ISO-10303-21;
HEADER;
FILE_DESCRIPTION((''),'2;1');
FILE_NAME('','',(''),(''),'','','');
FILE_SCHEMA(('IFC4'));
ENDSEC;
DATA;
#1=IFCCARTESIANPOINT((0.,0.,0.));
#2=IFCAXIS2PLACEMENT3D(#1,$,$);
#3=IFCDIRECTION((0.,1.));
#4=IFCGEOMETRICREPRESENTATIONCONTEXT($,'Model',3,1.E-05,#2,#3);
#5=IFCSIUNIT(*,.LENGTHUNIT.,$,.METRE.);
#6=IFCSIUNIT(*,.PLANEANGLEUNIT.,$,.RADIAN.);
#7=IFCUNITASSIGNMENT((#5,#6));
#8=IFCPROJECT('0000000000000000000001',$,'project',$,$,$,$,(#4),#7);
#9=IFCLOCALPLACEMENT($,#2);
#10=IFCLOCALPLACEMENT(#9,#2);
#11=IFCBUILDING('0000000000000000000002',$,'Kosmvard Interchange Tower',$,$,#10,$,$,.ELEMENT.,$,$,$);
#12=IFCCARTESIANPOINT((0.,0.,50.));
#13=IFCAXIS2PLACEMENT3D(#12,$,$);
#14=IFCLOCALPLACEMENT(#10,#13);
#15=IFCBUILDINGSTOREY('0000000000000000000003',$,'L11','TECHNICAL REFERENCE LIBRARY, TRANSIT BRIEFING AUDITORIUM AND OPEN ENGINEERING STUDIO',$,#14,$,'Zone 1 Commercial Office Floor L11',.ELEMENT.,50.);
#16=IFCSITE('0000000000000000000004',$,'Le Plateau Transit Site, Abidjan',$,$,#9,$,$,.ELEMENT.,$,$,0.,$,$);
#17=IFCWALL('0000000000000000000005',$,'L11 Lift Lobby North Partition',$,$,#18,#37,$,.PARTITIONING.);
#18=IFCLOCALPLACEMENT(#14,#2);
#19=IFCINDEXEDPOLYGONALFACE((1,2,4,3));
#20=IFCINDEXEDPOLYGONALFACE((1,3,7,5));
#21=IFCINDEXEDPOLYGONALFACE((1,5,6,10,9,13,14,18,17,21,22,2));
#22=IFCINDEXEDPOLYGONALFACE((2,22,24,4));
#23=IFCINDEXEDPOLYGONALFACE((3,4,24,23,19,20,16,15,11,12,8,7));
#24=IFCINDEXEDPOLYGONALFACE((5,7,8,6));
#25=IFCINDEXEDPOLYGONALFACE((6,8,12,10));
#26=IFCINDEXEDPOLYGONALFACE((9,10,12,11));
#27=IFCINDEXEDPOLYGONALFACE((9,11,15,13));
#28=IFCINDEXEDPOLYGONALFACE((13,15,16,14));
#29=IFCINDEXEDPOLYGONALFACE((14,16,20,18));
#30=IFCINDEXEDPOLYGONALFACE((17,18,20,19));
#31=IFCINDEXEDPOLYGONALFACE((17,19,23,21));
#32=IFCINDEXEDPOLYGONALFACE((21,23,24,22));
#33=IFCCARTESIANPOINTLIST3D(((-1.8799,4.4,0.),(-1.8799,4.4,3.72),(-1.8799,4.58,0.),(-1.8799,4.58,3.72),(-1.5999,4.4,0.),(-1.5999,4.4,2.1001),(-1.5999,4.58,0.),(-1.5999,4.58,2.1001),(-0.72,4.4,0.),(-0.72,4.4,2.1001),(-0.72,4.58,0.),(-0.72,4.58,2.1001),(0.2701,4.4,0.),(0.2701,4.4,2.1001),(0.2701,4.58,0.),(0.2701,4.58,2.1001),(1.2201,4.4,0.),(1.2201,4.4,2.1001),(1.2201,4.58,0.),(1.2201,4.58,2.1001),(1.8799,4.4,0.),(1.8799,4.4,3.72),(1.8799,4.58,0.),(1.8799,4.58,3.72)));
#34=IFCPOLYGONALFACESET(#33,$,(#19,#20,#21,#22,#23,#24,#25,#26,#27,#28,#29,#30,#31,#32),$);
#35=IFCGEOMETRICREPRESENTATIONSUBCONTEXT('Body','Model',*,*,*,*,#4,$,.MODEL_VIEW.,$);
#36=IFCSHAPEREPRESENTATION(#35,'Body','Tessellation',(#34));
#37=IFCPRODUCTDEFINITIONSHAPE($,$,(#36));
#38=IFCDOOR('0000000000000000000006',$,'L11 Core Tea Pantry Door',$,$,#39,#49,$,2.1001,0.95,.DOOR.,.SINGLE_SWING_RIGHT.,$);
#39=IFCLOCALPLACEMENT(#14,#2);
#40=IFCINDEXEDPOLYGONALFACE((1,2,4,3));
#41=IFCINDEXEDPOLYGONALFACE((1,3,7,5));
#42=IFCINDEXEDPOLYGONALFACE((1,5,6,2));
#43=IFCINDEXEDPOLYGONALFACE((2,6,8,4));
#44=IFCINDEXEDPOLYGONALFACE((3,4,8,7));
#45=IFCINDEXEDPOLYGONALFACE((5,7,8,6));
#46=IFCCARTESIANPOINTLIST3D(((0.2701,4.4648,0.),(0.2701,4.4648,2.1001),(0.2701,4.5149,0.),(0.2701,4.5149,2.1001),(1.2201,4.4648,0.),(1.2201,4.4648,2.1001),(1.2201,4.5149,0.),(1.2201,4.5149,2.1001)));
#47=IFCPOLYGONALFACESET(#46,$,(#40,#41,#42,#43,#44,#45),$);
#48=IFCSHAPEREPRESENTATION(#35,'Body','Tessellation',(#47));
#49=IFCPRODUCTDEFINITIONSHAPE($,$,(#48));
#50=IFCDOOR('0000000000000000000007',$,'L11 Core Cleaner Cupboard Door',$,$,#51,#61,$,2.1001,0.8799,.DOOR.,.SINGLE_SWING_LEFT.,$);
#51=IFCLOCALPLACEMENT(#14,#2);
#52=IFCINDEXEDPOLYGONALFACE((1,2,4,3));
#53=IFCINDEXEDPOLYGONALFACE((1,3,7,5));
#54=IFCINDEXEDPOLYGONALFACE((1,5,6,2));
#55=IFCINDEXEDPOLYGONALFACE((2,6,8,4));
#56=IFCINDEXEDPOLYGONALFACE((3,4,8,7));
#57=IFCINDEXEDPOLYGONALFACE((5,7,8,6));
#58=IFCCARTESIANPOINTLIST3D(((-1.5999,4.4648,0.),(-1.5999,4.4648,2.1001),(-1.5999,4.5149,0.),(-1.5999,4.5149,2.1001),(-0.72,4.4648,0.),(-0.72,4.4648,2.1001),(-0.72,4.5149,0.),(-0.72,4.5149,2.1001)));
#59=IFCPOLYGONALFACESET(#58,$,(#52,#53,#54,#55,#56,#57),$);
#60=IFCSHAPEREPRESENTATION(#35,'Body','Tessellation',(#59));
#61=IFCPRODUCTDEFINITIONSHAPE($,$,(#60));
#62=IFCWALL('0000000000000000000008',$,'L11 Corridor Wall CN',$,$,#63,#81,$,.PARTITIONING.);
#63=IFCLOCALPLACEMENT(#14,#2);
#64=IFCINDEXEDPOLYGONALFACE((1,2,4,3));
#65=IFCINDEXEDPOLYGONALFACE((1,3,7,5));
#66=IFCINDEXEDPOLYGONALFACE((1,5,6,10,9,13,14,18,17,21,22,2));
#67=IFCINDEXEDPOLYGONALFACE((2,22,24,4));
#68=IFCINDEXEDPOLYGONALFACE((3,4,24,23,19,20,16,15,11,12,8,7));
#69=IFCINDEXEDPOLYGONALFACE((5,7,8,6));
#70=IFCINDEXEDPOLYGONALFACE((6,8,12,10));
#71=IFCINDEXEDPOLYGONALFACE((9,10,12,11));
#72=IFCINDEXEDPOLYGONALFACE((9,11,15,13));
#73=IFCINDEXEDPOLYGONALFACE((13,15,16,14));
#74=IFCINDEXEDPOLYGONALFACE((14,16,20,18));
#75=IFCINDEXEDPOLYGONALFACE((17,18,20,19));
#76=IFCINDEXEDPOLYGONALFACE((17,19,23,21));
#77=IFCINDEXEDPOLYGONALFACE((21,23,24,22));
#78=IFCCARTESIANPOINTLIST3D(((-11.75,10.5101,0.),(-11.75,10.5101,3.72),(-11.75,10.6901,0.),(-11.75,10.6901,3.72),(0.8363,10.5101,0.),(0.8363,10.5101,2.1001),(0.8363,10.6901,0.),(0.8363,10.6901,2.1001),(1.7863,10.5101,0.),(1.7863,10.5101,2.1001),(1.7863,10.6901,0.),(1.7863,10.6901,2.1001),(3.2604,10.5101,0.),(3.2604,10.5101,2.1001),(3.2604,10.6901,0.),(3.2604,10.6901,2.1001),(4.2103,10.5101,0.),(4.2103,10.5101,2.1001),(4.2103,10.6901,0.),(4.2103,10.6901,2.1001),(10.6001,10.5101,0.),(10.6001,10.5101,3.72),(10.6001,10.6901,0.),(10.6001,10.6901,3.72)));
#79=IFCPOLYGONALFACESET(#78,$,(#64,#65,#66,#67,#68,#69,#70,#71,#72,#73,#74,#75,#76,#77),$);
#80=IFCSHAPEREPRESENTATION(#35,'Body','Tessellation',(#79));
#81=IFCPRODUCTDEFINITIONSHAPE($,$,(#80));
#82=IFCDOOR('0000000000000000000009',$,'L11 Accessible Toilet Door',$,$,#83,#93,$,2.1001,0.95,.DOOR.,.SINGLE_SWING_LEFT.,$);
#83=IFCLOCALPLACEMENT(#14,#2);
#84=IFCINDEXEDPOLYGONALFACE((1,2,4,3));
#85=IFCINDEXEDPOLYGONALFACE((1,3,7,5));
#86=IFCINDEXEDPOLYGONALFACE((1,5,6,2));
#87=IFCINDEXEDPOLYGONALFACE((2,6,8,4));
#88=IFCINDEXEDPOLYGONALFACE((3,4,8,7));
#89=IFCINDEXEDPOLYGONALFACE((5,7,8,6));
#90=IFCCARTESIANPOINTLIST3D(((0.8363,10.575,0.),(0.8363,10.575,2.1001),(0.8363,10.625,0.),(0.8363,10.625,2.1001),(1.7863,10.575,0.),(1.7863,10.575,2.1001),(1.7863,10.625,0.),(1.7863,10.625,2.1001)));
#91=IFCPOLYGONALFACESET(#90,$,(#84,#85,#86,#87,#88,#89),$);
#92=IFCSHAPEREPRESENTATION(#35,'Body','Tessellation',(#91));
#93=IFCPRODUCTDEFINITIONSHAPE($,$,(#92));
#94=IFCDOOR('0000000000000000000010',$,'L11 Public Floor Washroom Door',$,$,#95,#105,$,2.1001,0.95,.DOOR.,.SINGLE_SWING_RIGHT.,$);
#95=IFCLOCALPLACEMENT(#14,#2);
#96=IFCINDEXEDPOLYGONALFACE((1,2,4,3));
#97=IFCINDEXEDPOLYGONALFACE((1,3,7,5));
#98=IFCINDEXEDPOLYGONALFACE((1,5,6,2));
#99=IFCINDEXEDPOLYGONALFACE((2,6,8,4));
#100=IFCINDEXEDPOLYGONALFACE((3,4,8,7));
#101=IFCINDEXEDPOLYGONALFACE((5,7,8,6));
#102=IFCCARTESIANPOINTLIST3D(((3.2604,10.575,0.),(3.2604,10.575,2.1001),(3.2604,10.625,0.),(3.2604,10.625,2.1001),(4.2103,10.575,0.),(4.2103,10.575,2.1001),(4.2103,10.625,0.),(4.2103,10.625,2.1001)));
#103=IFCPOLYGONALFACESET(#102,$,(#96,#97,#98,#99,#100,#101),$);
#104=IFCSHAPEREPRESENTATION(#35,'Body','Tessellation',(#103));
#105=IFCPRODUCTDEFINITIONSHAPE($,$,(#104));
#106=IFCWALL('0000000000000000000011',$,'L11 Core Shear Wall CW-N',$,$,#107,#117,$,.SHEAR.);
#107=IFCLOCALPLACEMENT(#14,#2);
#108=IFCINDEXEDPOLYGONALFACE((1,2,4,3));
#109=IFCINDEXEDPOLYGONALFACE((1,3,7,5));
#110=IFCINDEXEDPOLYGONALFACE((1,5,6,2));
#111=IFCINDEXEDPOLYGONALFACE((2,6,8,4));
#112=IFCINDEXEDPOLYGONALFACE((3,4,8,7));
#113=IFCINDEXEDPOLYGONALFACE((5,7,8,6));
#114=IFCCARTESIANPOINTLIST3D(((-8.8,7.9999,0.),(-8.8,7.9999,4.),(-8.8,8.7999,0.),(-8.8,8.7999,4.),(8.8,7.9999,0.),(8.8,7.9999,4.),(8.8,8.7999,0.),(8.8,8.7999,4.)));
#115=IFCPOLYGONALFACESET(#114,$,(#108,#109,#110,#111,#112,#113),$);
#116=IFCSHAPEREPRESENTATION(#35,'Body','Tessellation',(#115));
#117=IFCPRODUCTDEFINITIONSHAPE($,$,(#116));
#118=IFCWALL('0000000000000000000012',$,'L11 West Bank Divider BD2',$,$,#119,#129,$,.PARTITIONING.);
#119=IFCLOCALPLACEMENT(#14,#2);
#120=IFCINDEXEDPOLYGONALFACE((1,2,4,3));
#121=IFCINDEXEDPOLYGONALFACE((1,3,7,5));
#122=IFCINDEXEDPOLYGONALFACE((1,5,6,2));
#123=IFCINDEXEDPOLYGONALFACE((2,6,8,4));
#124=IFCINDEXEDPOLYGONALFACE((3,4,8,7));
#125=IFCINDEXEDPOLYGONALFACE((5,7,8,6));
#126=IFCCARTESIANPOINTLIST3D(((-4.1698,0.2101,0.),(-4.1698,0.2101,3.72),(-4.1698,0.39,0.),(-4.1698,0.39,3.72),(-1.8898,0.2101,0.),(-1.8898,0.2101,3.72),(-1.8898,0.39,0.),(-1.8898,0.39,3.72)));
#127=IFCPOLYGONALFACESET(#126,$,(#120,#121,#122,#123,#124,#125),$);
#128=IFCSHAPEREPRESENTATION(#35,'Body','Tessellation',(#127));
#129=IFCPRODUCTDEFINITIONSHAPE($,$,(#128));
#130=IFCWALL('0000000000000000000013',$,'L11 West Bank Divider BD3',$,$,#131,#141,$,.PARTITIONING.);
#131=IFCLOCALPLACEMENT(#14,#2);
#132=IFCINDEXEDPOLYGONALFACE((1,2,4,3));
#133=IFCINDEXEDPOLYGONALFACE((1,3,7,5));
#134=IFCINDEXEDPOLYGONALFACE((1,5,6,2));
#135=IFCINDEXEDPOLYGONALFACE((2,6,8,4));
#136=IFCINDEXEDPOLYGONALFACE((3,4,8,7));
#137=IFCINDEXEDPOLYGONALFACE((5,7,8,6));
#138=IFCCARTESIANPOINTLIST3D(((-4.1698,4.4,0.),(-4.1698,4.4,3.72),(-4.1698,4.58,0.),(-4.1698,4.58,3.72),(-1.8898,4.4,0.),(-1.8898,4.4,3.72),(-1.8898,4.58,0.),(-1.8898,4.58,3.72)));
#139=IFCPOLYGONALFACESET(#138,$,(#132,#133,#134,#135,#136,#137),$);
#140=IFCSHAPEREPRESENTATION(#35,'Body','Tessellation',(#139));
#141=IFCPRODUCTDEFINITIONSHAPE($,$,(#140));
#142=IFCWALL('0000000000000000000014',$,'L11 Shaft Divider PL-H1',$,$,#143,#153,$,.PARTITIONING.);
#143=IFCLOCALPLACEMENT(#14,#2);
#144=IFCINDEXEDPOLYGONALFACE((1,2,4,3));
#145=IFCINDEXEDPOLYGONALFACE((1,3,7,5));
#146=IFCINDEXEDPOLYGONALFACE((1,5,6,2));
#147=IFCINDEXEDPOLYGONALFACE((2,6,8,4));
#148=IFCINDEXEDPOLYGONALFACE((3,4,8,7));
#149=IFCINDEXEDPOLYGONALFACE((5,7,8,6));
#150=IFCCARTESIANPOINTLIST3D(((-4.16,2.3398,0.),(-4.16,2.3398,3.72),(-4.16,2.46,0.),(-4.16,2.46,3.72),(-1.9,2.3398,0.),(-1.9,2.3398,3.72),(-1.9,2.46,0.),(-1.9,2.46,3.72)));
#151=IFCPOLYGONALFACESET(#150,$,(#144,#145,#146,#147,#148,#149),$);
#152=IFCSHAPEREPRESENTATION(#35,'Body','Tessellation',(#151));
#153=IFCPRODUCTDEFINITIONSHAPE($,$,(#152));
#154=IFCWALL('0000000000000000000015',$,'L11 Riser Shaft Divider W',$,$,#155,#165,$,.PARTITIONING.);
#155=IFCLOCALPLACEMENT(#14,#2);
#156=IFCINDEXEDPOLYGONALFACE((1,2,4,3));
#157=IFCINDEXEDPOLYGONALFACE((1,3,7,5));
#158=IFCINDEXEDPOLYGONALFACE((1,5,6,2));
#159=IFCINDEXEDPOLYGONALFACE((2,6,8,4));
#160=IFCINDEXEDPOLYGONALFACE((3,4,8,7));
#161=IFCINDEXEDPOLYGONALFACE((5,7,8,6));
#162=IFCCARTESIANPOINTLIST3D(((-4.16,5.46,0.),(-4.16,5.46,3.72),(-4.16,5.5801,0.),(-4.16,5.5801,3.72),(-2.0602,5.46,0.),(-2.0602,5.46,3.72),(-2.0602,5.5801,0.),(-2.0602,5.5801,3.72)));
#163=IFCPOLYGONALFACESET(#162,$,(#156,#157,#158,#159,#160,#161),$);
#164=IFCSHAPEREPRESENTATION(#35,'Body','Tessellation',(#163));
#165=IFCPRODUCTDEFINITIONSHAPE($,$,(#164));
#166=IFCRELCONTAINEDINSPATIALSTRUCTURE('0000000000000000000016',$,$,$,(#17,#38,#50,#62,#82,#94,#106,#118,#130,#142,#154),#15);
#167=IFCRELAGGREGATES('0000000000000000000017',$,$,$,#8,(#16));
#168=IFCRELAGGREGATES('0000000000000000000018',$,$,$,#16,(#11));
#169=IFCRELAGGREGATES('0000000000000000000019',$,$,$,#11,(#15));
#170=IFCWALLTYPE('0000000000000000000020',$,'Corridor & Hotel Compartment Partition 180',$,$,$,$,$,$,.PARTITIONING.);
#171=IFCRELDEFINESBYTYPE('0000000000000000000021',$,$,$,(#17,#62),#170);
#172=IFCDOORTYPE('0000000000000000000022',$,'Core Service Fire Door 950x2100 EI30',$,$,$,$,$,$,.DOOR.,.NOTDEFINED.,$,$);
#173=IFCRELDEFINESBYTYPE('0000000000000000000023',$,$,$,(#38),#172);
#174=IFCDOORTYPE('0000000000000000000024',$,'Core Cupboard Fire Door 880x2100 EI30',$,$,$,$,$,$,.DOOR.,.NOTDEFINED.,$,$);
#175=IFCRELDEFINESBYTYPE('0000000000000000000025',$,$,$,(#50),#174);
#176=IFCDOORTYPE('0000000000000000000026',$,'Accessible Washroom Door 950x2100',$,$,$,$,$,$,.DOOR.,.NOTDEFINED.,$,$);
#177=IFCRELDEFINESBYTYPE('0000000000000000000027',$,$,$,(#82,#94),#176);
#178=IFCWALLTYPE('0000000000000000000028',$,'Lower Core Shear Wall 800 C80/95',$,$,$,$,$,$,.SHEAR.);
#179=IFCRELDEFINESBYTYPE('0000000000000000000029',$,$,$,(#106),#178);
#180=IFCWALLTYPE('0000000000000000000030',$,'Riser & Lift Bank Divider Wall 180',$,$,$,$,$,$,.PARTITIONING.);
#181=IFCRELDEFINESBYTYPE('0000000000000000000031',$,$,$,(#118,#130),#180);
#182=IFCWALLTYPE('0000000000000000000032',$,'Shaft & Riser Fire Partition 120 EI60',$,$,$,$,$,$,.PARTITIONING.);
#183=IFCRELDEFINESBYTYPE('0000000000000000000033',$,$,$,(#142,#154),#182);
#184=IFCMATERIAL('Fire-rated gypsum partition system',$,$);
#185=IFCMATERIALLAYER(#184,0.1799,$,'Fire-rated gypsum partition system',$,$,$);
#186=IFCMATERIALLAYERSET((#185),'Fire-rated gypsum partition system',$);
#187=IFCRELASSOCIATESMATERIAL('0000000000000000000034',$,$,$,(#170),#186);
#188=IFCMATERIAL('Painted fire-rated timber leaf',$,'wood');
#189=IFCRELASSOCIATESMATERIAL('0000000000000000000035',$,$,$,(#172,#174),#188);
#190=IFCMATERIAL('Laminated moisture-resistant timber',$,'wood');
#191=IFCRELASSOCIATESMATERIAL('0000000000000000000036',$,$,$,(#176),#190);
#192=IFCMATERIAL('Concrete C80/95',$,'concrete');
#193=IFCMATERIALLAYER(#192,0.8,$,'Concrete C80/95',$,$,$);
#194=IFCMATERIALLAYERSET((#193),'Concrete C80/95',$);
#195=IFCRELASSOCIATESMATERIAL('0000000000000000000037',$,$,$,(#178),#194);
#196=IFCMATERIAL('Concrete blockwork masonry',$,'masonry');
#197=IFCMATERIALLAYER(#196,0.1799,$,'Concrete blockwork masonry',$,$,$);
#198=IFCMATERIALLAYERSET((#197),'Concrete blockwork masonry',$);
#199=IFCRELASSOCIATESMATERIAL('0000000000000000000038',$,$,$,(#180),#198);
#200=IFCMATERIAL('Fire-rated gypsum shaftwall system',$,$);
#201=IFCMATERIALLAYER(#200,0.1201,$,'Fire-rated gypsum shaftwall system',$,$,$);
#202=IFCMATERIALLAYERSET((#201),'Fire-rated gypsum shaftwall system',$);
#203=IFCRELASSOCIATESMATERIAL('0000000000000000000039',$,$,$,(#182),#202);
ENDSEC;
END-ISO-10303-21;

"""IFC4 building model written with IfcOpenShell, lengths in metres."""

from ifc_helpers import new_model, si_unit, direction, frame, frame_2d, origin, place, context, subcontext, project, spatial, rectangle, extrude, source, transform, mapped, material, layer, layer_set, type_object, element, fill, save


model = new_model("IFC4")

# Units and contexts
model_context = context("Model", 3, precision=1e-05, world=origin(), true_north=direction((0.0, 1.0)))
body_context = subcontext(model_context, "Body", "Model", "MODEL_VIEW")
ifc_project = project(units=[si_unit("LENGTHUNIT", "METRE"), si_unit("PLANEANGLEUNIT", "RADIAN")], contexts=[model_context])

# Site, building, storey
site_placement = place(None, origin())
site = spatial("IfcSite", under=ifc_project, at=site_placement, Name="Le Plateau Transit Site, Abidjan", CompositionType="ELEMENT", RefElevation=0.0)
building_placement = place(site_placement, origin())
building = spatial("IfcBuilding", under=site, at=building_placement, Name="Kosmvard Interchange Tower", CompositionType="ELEMENT")
storey_placement = place(building_placement, frame((0.0, 0.0, 50.0)))
storey = spatial("IfcBuildingStorey", under=building, at=storey_placement, Name="L11", Description="TECHNICAL REFERENCE LIBRARY, TRANSIT BRIEFING AUDITORIUM AND OPEN ENGINEERING STUDIO", LongName="Zone 1 Commercial Office Floor L11", CompositionType="ELEMENT", Elevation=50.0)

# Shared definitions
ifc_material_1 = material(Name="Concrete C80/95", Category="concrete")

# Shared definitions
ifc_material_2 = material(Name="Fire-rated gypsum partition system")
ifc_material_3 = material(Name="Concrete blockwork masonry", Category="masonry")

# Walls, openings, doors
ifc_layer_1 = layer(ifc_material_2, 0.1799, Name="Fire-rated gypsum partition system")
ifc_layer_set_1 = layer_set([ifc_layer_1], Name="Fire-rated gypsum partition system")
wall_type_1 = type_object("IfcWallType", Name="Corridor & Hotel Compartment Partition 180", PredefinedType="PARTITIONING", material=ifc_layer_set_1)
wall_1_placement = place(storey_placement, frame((-1.8799, 4.49, 0.0), z_axis=(0.0, 0.0, 1.0), x_axis=(1.0, 0.0, 0.0)))
wall_1 = element("IfcWall", 1, at=wall_1_placement, inside=storey, type_object=wall_type_1, Name="L11 Lift Lobby North Partition", PredefinedType="PARTITIONING", context=body_context, shape_type="SweptSolid", body=[
    extrude(rectangle(XDim=3.7598, YDim=0.1799, at=frame_2d((1.8799, 0.0))), origin(), (0.0, 0.0, 1.0), 3.72),
])
opening_1_placement = place(wall_1_placement, frame((0.28, 0.0, 0.0)))
opening_1 = element("IfcOpeningElement", 2, at=opening_1_placement, cuts=wall_1, PredefinedType="OPENING", context=body_context, shape_type="SweptSolid", body=[
    extrude(rectangle(XDim=0.8799, YDim=2.1001, at=frame_2d((0.4399, 1.05))), frame((0.0, 0.1001, 0.0), z_axis=(0.0, -1.0, 0.0), x_axis=(1.0, 0.0, 0.0)), (0.0, 0.0, 1.0), 0.2),
])
opening_2_placement = place(wall_1_placement, frame((2.1499, 0.0, 0.0)))
opening_2 = element("IfcOpeningElement", 3, at=opening_2_placement, cuts=wall_1, PredefinedType="OPENING", context=body_context, shape_type="SweptSolid", body=[
    extrude(rectangle(XDim=0.95, YDim=2.1001, at=frame_2d((0.4751, 1.05))), frame((0.0, 0.1001, 0.0), z_axis=(0.0, -1.0, 0.0), x_axis=(1.0, 0.0, 0.0)), (0.0, 0.0, 1.0), 0.2),
])
ifc_material_4 = material(Name="Painted fire-rated timber leaf", Category="wood")
door_type_1 = type_object("IfcDoorType", Name="Core Service Fire Door 950x2100 EI30", OperationType="NOTDEFINED", PredefinedType="DOOR", material=ifc_material_4)
shared_shape_1 = source(origin(), body_context, "Body", "SweptSolid", [
    extrude(rectangle(XDim=0.95, YDim=2.1001, at=frame_2d((0.4751, 1.05))), frame((0.0, 0.0249, 0.0), z_axis=(0.0, -1.0, 0.0), x_axis=(1.0, 0.0, 0.0)), (0.0, 0.0, 1.0), 0.05),
])
door_1_placement = place(opening_2_placement, origin())
door_1 = element("IfcDoor", 4, at=door_1_placement, inside=storey, type_object=door_type_1, Name="L11 Core Tea Pantry Door", OperationType="SINGLE_SWING_RIGHT", OverallHeight=2.1001, OverallWidth=0.95, PredefinedType="DOOR", context=body_context, shape_type="MappedRepresentation", body=[
    mapped(shared_shape_1, transform((0.0, 0.0, 0.0), scale=1.0)),
])
fill(opening_2, door_1)
door_type_2 = type_object("IfcDoorType", Name="Core Cupboard Fire Door 880x2100 EI30", OperationType="NOTDEFINED", PredefinedType="DOOR", material=ifc_material_4)
shared_shape_2 = source(origin(), body_context, "Body", "SweptSolid", [
    extrude(rectangle(XDim=0.8799, YDim=2.1001, at=frame_2d((0.4399, 1.05))), frame((0.0, 0.0249, 0.0), z_axis=(0.0, -1.0, 0.0), x_axis=(1.0, 0.0, 0.0)), (0.0, 0.0, 1.0), 0.05),
])
door_2_placement = place(opening_1_placement, origin())
door_2 = element("IfcDoor", 5, at=door_2_placement, inside=storey, type_object=door_type_2, Name="L11 Core Cleaner Cupboard Door", OperationType="SINGLE_SWING_LEFT", OverallHeight=2.1001, OverallWidth=0.8799, PredefinedType="DOOR", context=body_context, shape_type="MappedRepresentation", body=[
    mapped(shared_shape_2, transform((0.0, 0.0, 0.0), scale=1.0)),
])
fill(opening_1, door_2)
wall_2_placement = place(storey_placement, frame((-11.75, 10.6001, 0.0), z_axis=(0.0, 0.0, 1.0), x_axis=(1.0, 0.0, 0.0)))
wall_2 = element("IfcWall", 6, at=wall_2_placement, inside=storey, type_object=wall_type_1, Name="L11 Corridor Wall CN", PredefinedType="PARTITIONING", context=body_context, shape_type="SweptSolid", body=[
    extrude(rectangle(XDim=22.3501, YDim=0.1799, at=frame_2d((11.175, 0.0))), origin(), (0.0, 0.0, 1.0), 3.72),
])
opening_3_placement = place(wall_2_placement, frame((12.5862, 0.0, 0.0)))
opening_3 = element("IfcOpeningElement", 7, at=opening_3_placement, cuts=wall_2, PredefinedType="OPENING", context=body_context, shape_type="SweptSolid", body=[
    extrude(rectangle(XDim=0.95, YDim=2.1001, at=frame_2d((0.4751, 1.05))), frame((0.0, 0.1001, 0.0), z_axis=(0.0, -1.0, 0.0), x_axis=(1.0, 0.0, 0.0)), (0.0, 0.0, 1.0), 0.2),
])
opening_4_placement = place(wall_2_placement, frame((15.0103, 0.0, 0.0)))
opening_4 = element("IfcOpeningElement", 8, at=opening_4_placement, cuts=wall_2, PredefinedType="OPENING", context=body_context, shape_type="SweptSolid", body=[
    extrude(rectangle(XDim=0.95, YDim=2.1001, at=frame_2d((0.4751, 1.05))), frame((0.0, 0.1001, 0.0), z_axis=(0.0, -1.0, 0.0), x_axis=(1.0, 0.0, 0.0)), (0.0, 0.0, 1.0), 0.2),
])
ifc_material_5 = material(Name="Laminated moisture-resistant timber", Category="wood")
door_type_3 = type_object("IfcDoorType", Name="Accessible Washroom Door 950x2100", OperationType="NOTDEFINED", PredefinedType="DOOR", material=ifc_material_5)
door_3_placement = place(opening_3_placement, origin())
door_3 = element("IfcDoor", 9, at=door_3_placement, inside=storey, type_object=door_type_3, Name="L11 Accessible Toilet Door", OperationType="SINGLE_SWING_LEFT", OverallHeight=2.1001, OverallWidth=0.95, PredefinedType="DOOR", context=body_context, shape_type="MappedRepresentation", body=[
    mapped(shared_shape_1, transform((0.0, 0.0, 0.0), scale=1.0)),
])
fill(opening_3, door_3)
door_4_placement = place(opening_4_placement, origin())
door_4 = element("IfcDoor", 10, at=door_4_placement, inside=storey, type_object=door_type_3, Name="L11 Public Floor Washroom Door", OperationType="SINGLE_SWING_RIGHT", OverallHeight=2.1001, OverallWidth=0.95, PredefinedType="DOOR", context=body_context, shape_type="MappedRepresentation", body=[
    mapped(shared_shape_1, transform((0.0, 0.0, 0.0), scale=1.0)),
])
fill(opening_4, door_4)

# Walls
ifc_layer_2 = layer(ifc_material_1, 0.8, Name="Concrete C80/95")
ifc_layer_set_2 = layer_set([ifc_layer_2], Name="Concrete C80/95")
wall_type_2 = type_object("IfcWallType", Name="Lower Core Shear Wall 800 C80/95", PredefinedType="SHEAR", material=ifc_layer_set_2)
wall_3_placement = place(storey_placement, frame((-8.8, 8.3999, 0.0), z_axis=(0.0, 0.0, 1.0), x_axis=(1.0, 0.0, 0.0)))
element("IfcWall", 11, at=wall_3_placement, inside=storey, type_object=wall_type_2, Name="L11 Core Shear Wall CW-N", PredefinedType="SHEAR", context=body_context, shape_type="SweptSolid", body=[
    extrude(rectangle(XDim=17.6001, YDim=0.8, at=frame_2d((8.8, 0.0))), origin(), (0.0, 0.0, 1.0), 4.0),
])
ifc_layer_3 = layer(ifc_material_3, 0.1799, Name="Concrete blockwork masonry")
ifc_layer_set_3 = layer_set([ifc_layer_3], Name="Concrete blockwork masonry")
wall_type_3 = type_object("IfcWallType", Name="Riser & Lift Bank Divider Wall 180", PredefinedType="PARTITIONING", material=ifc_layer_set_3)
for number, where, z_axis, x_axis, name in (
    (12, (-4.1699, 0.3, 0.0), (0.0, 0.0, 1.0), (1.0, 0.0, 0.0), "L11 West Bank Divider BD2"),
    (13, (-4.1699, 4.49, 0.0), (0.0, 0.0, 1.0), (1.0, 0.0, 0.0), "L11 West Bank Divider BD3"),
):
    element("IfcWall", number, at=place(storey_placement, frame(where, z_axis=z_axis, x_axis=x_axis)), inside=storey, type_object=wall_type_3, Name=name, PredefinedType="PARTITIONING", context=body_context, shape_type="SweptSolid", body=[
        extrude(rectangle(XDim=2.28, YDim=0.1799, at=frame_2d((1.1401, 0.0))), origin(), (0.0, 0.0, 1.0), 3.72),
    ])
ifc_material_6 = material(Name="Fire-rated gypsum shaftwall system")
ifc_layer_4 = layer(ifc_material_6, 0.1201, Name="Fire-rated gypsum shaftwall system")
ifc_layer_set_4 = layer_set([ifc_layer_4], Name="Fire-rated gypsum shaftwall system")
wall_type_4 = type_object("IfcWallType", Name="Shaft & Riser Fire Partition 120 EI60", PredefinedType="PARTITIONING", material=ifc_layer_set_4)
wall_4_placement = place(storey_placement, frame((-4.1599, 2.3999, 0.0), z_axis=(0.0, 0.0, 1.0), x_axis=(1.0, 0.0, 0.0)))
element("IfcWall", 14, at=wall_4_placement, inside=storey, type_object=wall_type_4, Name="L11 Shaft Divider PL-H1", PredefinedType="PARTITIONING", context=body_context, shape_type="SweptSolid", body=[
    extrude(rectangle(XDim=2.26, YDim=0.1201, at=frame_2d((1.1299, 0.0))), origin(), (0.0, 0.0, 1.0), 3.72),
])
wall_5_placement = place(storey_placement, frame((-4.1599, 5.52, 0.0), z_axis=(0.0, 0.0, 1.0), x_axis=(1.0, 0.0, 0.0)))
element("IfcWall", 15, at=wall_5_placement, inside=storey, type_object=wall_type_4, Name="L11 Riser Shaft Divider W", PredefinedType="PARTITIONING", context=body_context, shape_type="SweptSolid", body=[
    extrude(rectangle(XDim=2.0999, YDim=0.1201, at=frame_2d((1.0498, 0.0))), origin(), (0.0, 0.0, 1.0), 3.72),
])

save(model, "model.ifc")
